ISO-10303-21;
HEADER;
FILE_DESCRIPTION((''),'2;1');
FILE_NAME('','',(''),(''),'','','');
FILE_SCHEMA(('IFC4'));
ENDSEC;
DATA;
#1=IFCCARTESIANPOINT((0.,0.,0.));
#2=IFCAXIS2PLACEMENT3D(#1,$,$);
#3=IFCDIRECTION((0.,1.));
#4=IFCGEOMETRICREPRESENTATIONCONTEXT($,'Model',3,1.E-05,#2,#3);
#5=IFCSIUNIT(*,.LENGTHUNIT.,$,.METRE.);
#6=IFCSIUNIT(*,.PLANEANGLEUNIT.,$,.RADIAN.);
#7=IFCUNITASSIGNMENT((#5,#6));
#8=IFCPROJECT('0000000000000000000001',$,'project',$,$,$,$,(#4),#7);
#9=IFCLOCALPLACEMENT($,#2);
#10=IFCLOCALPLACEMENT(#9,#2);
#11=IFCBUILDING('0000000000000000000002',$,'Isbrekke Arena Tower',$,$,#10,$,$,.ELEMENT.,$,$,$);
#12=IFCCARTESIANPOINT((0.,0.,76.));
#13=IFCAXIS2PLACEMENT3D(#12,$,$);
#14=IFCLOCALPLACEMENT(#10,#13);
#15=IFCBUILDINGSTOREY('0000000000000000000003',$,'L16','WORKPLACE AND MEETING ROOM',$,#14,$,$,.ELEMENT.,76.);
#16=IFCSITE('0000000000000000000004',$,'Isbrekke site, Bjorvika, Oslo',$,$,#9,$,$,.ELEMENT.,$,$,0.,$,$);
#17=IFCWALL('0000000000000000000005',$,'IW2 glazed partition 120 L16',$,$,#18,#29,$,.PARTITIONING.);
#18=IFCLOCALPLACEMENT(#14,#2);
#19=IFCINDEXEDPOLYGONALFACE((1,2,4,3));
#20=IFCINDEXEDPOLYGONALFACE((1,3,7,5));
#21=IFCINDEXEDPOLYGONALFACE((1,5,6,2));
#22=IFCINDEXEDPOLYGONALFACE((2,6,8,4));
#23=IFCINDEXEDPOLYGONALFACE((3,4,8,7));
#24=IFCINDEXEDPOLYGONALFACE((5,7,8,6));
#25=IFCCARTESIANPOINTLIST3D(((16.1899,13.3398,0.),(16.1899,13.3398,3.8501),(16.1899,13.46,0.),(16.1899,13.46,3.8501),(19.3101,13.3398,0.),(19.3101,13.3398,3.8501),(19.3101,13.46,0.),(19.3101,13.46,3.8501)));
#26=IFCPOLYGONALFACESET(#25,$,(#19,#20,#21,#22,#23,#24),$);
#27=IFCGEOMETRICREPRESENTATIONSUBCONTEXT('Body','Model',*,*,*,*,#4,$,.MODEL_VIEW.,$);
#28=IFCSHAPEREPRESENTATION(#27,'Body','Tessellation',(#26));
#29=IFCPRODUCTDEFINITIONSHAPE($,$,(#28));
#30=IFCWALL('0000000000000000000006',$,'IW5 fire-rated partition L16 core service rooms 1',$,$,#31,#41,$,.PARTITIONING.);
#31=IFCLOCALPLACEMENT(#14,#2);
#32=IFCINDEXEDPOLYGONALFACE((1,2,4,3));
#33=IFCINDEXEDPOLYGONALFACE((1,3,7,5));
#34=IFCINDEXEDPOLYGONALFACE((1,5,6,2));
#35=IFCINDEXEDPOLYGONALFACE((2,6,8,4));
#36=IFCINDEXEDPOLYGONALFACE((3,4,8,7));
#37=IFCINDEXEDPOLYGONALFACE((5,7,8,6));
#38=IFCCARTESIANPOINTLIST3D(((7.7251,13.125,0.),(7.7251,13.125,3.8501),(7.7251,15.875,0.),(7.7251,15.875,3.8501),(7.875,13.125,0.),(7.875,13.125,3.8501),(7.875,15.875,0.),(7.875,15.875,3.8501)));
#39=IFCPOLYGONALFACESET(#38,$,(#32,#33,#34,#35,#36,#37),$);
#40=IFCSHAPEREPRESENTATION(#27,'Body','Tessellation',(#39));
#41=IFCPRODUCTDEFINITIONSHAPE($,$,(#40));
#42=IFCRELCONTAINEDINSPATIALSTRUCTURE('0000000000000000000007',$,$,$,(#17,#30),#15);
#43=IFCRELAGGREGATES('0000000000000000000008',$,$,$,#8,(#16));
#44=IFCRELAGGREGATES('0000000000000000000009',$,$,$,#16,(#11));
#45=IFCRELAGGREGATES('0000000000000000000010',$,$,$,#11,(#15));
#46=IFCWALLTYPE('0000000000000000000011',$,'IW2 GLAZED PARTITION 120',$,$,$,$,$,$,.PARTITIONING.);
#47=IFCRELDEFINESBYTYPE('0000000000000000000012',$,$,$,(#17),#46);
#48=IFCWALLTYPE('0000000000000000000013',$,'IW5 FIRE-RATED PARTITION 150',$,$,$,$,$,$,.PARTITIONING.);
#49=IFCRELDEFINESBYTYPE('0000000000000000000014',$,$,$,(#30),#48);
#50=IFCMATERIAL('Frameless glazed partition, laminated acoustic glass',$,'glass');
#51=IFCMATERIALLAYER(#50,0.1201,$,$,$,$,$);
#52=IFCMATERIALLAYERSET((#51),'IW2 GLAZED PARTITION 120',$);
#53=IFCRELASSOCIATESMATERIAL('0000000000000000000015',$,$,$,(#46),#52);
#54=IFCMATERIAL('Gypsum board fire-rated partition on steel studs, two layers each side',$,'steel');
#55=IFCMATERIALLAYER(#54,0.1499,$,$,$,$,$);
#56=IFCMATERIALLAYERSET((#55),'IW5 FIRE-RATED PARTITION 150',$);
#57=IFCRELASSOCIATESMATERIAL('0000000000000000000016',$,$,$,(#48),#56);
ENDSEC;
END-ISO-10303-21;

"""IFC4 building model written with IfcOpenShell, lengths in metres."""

from ifc_helpers import new_model, si_unit, direction, frame, frame_2d, origin, place, context, subcontext, project, spatial, rectangle, extrude, material, layer, layer_set, type_object, element, save


model = new_model("IFC4")

# Units and contexts
model_context = context("Model", 3, precision=1e-05, world=origin(), true_north=direction((0.0, 1.0)))
body_context = subcontext(model_context, "Body", "Model", "MODEL_VIEW")
ifc_project = project(units=[si_unit("LENGTHUNIT", "METRE"), si_unit("PLANEANGLEUNIT", "RADIAN")], contexts=[model_context])

# Site, building, storey
site_placement = place(None, origin())
site = spatial("IfcSite", under=ifc_project, at=site_placement, Name="Isbrekke site, Bjorvika, Oslo", CompositionType="ELEMENT", RefElevation=0.0)
building_placement = place(site_placement, origin())
building = spatial("IfcBuilding", under=site, at=building_placement, Name="Isbrekke Arena Tower", CompositionType="ELEMENT")
storey_placement = place(building_placement, frame((0.0, 0.0, 76.0)))
storey = spatial("IfcBuildingStorey", under=building, at=storey_placement, Name="L16", Description="WORKPLACE AND MEETING ROOM", CompositionType="ELEMENT", Elevation=76.0)

# Walls
ifc_material_1 = material(Name="Frameless glazed partition, laminated acoustic glass", Category="glass")
ifc_layer_1 = layer(ifc_material_1, 0.1201)
ifc_layer_set_1 = layer_set([ifc_layer_1], Name="IW2 GLAZED PARTITION 120")
wall_type_1 = type_object("IfcWallType", Name="IW2 GLAZED PARTITION 120", PredefinedType="PARTITIONING", material=ifc_layer_set_1)
wall_1_placement = place(storey_placement, frame((16.1899, 13.3999, 0.0), z_axis=(0.0, 0.0, 1.0), x_axis=(1.0, 0.0, 0.0)))
element("IfcWall", 1, at=wall_1_placement, inside=storey, type_object=wall_type_1, Name="IW2 glazed partition 120 L16", PredefinedType="PARTITIONING", context=body_context, shape_type="SweptSolid", body=[
    extrude(rectangle(XDim=3.1201, YDim=0.1201, at=frame_2d((1.5601, 0.0))), origin(), (0.0, 0.0, 1.0), 3.8501),
])
ifc_material_2 = material(Name="Gypsum board fire-rated partition on steel studs, two layers each side", Category="steel")
ifc_layer_2 = layer(ifc_material_2, 0.1499)
ifc_layer_set_2 = layer_set([ifc_layer_2], Name="IW5 FIRE-RATED PARTITION 150")
wall_type_2 = type_object("IfcWallType", Name="IW5 FIRE-RATED PARTITION 150", PredefinedType="PARTITIONING", material=ifc_layer_set_2)
wall_2_placement = place(storey_placement, frame((7.8, 13.125, 0.0), z_axis=(0.0, 0.0, 1.0), x_axis=(0.0, 1.0, 0.0)))
element("IfcWall", 2, at=wall_2_placement, inside=storey, type_object=wall_type_2, Name="IW5 fire-rated partition L16 core service rooms 1", PredefinedType="PARTITIONING", context=body_context, shape_type="SweptSolid", body=[
    extrude(rectangle(XDim=2.75, YDim=0.1499, at=frame_2d((1.375, 0.0))), origin(), (0.0, 0.0, 1.0), 3.8501),
])

save(model, "model.ifc")
